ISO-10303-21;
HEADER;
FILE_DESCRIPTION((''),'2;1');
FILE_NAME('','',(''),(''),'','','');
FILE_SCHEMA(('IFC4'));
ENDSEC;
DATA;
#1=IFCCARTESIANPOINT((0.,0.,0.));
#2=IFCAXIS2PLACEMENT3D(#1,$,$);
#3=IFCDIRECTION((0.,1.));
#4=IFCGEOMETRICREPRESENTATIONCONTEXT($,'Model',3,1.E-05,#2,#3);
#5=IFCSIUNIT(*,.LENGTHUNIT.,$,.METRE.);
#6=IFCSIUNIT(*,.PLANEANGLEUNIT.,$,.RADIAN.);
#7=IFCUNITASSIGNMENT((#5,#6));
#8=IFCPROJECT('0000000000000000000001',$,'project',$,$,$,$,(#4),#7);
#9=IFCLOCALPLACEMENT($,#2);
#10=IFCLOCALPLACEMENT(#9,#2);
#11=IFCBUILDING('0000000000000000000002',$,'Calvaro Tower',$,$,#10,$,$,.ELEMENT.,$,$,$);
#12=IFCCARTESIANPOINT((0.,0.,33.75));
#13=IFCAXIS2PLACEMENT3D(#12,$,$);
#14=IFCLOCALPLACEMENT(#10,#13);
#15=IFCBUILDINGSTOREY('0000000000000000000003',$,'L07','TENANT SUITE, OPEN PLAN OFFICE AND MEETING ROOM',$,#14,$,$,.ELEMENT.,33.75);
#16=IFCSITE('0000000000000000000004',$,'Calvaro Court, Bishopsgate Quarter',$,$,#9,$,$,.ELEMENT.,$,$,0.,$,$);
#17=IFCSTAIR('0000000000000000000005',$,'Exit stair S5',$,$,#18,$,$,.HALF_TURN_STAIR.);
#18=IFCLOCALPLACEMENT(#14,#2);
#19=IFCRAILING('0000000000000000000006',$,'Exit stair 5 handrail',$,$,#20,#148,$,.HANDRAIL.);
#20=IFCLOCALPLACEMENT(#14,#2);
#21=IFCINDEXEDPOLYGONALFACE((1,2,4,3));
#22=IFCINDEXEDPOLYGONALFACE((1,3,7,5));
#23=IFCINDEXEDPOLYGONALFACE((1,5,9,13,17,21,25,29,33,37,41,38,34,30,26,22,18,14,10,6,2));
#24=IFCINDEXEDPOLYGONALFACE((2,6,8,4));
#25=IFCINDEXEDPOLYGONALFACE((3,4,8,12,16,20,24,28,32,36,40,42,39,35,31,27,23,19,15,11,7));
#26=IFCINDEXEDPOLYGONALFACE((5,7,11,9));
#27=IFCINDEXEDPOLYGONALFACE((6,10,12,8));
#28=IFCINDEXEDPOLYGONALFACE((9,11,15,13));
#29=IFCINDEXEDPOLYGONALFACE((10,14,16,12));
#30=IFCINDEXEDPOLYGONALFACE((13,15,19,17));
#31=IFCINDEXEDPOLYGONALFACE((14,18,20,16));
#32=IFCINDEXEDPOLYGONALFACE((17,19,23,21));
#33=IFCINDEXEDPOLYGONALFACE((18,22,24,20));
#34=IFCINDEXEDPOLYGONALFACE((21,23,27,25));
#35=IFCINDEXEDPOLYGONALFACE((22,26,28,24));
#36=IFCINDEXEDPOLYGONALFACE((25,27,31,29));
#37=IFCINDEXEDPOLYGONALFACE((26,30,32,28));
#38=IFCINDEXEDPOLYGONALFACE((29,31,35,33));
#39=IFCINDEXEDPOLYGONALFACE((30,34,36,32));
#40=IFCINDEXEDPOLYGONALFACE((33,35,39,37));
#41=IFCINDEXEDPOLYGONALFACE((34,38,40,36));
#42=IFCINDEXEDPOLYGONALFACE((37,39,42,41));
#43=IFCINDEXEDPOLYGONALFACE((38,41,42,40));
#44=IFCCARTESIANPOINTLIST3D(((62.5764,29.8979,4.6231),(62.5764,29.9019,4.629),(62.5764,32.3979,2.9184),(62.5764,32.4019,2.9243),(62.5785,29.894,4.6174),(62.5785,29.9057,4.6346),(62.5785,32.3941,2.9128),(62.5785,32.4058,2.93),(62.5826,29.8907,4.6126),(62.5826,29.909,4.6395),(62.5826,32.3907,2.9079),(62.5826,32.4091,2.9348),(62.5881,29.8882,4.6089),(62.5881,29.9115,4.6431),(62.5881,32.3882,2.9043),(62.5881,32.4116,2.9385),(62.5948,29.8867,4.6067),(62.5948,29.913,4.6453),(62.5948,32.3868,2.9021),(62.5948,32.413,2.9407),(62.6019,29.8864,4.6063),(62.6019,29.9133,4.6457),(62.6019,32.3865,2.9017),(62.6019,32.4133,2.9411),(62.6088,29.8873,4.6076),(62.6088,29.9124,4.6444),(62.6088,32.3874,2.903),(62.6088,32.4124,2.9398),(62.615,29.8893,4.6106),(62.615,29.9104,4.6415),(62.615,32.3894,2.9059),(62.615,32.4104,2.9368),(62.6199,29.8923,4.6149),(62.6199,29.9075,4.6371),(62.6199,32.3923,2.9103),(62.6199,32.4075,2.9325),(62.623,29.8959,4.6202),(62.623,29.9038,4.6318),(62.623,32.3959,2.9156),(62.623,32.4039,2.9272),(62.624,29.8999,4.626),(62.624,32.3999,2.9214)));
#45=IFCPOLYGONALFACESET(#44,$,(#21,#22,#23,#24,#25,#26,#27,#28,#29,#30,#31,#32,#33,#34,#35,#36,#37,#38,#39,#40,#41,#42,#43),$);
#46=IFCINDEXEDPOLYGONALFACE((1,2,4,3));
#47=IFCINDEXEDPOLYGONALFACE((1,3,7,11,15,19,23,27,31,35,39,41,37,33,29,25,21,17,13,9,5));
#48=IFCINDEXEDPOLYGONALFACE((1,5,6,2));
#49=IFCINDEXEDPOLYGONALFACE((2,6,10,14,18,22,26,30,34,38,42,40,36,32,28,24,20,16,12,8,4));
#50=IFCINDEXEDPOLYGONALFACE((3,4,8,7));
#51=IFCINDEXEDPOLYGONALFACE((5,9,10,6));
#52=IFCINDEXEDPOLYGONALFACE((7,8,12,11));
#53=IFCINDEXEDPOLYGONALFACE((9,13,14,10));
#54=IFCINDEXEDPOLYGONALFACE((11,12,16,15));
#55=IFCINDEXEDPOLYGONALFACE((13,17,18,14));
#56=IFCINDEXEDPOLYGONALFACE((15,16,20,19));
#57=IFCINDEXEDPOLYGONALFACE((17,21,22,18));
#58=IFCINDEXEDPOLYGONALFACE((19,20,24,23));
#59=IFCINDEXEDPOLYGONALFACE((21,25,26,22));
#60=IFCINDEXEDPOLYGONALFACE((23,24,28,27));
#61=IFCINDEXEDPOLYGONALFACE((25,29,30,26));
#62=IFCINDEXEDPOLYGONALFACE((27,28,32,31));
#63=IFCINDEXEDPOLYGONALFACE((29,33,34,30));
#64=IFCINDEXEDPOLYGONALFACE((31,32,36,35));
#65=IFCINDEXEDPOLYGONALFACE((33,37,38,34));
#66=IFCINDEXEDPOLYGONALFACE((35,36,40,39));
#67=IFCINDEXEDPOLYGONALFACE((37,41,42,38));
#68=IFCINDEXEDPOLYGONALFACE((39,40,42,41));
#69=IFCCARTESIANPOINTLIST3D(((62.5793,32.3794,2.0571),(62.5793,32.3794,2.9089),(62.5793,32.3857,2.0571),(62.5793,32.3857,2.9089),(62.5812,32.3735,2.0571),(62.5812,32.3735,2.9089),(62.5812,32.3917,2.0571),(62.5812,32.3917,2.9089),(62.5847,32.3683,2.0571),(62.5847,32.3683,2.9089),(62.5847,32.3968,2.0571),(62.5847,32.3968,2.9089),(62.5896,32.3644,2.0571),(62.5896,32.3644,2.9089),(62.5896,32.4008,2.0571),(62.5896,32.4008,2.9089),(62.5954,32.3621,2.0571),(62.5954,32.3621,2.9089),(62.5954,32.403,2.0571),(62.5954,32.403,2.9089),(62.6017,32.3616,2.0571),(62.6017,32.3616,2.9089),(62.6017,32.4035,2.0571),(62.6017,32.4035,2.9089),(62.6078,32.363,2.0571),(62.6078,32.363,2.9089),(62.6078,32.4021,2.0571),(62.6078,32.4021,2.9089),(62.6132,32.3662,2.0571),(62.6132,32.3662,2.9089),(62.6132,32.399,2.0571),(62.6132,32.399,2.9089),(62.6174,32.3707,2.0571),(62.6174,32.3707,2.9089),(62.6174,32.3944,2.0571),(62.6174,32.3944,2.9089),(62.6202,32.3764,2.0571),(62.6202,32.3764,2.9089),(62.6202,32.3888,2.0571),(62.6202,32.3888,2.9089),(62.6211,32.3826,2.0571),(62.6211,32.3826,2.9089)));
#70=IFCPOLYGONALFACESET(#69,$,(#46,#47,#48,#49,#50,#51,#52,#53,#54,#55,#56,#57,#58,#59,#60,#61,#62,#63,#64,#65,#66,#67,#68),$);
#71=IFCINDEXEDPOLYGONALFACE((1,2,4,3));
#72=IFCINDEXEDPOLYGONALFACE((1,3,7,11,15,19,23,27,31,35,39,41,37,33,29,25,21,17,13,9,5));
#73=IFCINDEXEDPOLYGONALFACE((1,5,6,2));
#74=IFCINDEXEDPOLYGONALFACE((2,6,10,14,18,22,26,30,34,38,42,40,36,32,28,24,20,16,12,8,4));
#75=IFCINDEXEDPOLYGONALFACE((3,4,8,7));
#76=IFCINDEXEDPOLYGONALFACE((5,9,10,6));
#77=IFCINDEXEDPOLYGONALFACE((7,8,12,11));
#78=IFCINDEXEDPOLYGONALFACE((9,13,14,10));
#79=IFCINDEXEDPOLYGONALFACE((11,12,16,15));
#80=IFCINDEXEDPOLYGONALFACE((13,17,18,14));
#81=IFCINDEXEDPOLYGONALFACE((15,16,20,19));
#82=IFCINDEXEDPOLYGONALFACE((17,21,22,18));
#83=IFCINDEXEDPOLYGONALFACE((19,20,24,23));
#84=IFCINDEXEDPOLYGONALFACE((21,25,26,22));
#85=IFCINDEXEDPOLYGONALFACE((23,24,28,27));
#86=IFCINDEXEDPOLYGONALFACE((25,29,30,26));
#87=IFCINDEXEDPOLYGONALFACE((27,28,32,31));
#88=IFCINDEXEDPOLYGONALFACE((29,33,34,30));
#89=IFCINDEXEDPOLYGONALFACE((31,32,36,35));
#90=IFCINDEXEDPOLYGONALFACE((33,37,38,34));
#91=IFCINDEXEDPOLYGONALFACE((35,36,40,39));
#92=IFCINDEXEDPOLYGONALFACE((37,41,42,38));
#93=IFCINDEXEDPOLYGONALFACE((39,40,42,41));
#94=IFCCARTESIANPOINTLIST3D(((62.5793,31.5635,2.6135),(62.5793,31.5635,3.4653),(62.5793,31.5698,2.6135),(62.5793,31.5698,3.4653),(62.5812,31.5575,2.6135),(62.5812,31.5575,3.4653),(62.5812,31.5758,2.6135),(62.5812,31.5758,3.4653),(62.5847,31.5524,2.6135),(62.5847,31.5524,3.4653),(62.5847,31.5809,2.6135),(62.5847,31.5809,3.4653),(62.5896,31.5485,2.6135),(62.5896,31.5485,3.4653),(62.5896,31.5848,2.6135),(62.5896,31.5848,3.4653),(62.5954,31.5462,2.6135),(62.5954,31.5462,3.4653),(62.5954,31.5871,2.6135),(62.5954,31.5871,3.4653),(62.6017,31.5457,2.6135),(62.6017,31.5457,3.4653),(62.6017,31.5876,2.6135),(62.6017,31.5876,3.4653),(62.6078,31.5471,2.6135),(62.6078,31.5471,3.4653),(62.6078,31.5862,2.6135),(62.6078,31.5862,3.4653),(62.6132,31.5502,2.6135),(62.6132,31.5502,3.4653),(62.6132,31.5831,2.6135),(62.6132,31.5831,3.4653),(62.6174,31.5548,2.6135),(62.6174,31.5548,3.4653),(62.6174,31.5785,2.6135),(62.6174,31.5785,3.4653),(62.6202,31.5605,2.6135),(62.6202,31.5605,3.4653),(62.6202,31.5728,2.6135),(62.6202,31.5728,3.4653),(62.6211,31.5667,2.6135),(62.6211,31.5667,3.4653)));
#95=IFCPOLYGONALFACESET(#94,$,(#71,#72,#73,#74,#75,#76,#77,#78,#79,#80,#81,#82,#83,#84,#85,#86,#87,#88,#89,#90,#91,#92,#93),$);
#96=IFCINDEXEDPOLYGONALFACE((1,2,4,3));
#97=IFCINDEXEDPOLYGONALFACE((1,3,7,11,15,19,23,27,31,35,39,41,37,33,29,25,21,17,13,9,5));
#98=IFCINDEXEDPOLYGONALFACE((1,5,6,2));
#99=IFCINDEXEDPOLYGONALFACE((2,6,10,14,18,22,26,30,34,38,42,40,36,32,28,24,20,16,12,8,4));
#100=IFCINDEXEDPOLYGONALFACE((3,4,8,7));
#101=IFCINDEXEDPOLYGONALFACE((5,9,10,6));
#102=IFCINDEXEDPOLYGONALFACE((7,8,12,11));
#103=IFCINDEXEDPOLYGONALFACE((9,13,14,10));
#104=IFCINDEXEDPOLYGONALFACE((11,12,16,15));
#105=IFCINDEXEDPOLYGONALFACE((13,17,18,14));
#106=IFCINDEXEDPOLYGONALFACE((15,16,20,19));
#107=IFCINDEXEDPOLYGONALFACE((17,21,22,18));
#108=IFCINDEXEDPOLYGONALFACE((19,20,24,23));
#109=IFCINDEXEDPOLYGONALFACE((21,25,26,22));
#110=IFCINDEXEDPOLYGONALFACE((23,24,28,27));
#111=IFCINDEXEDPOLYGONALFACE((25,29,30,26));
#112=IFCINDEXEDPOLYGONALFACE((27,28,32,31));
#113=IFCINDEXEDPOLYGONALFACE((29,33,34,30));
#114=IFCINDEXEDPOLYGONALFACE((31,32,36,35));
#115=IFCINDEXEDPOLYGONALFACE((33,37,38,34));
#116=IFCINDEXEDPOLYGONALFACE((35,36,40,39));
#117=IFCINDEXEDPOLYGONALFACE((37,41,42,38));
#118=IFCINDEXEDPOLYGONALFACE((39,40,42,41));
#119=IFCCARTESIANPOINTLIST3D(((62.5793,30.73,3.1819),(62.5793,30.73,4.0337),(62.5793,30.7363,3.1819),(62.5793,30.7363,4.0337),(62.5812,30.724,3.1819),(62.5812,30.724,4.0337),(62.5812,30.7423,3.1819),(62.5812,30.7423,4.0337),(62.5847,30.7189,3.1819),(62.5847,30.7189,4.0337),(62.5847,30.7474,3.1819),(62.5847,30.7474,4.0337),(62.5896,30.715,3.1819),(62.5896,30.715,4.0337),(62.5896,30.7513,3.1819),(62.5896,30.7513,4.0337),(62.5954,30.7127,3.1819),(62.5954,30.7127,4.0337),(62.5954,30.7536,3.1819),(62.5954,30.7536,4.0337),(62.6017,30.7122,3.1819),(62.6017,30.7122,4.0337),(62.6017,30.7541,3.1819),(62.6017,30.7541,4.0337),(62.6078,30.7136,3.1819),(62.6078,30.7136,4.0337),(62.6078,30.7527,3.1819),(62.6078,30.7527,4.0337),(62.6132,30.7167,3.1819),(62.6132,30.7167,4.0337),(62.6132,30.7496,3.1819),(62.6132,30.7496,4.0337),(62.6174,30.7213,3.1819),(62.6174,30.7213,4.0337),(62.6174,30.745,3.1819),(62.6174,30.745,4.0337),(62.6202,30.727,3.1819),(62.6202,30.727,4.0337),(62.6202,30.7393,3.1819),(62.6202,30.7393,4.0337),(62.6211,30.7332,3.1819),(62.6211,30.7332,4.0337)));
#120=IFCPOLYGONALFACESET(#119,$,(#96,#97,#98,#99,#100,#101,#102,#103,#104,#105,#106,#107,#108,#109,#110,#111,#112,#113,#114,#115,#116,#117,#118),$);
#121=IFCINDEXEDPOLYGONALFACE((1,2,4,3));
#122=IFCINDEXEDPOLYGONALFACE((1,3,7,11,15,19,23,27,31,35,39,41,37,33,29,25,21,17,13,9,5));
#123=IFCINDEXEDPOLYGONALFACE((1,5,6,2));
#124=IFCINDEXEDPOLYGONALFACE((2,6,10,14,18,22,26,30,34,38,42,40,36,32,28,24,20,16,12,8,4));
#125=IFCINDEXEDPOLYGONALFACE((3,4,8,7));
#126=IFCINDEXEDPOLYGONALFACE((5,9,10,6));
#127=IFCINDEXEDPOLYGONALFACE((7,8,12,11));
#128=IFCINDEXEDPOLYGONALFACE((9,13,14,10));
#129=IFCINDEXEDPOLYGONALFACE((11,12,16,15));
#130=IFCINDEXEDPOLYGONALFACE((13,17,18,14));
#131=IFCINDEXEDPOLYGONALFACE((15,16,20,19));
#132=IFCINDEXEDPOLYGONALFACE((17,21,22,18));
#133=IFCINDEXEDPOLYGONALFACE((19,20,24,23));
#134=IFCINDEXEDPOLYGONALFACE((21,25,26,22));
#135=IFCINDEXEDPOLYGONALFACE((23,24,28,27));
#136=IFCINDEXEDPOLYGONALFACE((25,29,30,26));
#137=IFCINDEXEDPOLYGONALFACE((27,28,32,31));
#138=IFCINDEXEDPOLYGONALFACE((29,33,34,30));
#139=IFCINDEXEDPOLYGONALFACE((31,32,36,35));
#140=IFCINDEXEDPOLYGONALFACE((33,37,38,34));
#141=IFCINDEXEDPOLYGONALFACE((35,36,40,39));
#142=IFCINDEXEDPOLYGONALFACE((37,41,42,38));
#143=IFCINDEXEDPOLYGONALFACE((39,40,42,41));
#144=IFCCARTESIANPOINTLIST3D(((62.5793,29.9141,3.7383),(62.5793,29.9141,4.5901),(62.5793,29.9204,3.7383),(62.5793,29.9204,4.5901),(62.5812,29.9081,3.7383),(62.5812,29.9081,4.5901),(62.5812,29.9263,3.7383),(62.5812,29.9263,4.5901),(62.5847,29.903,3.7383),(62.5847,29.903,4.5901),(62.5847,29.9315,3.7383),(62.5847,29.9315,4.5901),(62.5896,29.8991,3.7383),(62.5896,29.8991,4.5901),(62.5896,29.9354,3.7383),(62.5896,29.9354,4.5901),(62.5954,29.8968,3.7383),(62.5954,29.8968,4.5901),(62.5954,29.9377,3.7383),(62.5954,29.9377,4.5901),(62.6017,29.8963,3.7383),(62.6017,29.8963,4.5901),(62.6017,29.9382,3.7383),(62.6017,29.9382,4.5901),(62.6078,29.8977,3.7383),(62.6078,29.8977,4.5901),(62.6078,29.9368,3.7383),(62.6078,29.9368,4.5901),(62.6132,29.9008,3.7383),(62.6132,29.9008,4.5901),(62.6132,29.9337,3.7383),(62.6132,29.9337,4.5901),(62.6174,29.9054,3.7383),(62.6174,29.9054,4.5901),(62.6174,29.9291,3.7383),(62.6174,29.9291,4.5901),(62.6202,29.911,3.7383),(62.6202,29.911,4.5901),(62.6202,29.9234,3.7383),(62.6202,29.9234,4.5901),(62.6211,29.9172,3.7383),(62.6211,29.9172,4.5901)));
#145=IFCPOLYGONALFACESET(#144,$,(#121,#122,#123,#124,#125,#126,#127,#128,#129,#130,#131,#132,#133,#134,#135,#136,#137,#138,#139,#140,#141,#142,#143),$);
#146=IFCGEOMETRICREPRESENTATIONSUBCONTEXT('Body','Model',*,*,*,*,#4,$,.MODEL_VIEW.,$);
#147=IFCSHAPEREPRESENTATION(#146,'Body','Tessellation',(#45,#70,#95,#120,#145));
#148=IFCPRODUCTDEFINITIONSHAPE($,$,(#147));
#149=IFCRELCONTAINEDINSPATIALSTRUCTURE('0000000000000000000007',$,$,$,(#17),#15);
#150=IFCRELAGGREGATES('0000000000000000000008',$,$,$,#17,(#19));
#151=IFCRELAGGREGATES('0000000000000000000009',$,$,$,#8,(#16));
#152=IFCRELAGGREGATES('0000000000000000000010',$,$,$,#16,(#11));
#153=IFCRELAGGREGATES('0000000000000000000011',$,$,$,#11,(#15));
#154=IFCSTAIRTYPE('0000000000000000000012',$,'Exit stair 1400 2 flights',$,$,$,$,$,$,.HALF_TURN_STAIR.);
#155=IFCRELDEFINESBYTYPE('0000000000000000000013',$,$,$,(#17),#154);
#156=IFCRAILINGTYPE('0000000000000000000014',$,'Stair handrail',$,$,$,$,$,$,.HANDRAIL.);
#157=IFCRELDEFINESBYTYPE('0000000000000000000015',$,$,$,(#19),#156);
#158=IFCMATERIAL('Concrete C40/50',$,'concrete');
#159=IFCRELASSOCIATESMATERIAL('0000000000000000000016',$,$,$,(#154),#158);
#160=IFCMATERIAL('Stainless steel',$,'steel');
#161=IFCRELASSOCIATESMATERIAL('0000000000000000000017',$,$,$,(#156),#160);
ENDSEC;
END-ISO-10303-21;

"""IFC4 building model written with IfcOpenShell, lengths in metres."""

from ifc_helpers import new_model, si_unit, direction, frame, origin, origin_2d, place, context, subcontext, project, spatial, circle, extrude, material, type_object, element, aggregate, save


model = new_model("IFC4")

# Units and contexts
model_context = context("Model", 3, precision=1e-05, world=origin(), true_north=direction((0.0, 1.0)))
body_context = subcontext(model_context, "Body", "Model", "MODEL_VIEW")
ifc_project = project(units=[si_unit("LENGTHUNIT", "METRE"), si_unit("PLANEANGLEUNIT", "RADIAN")], contexts=[model_context])

# Site, building, storey
site_placement = place(None, origin())
site = spatial("IfcSite", under=ifc_project, at=site_placement, Name="Calvaro Court, Bishopsgate Quarter", CompositionType="ELEMENT", RefElevation=0.0)
building_placement = place(site_placement, origin())
building = spatial("IfcBuilding", under=site, at=building_placement, Name="Calvaro Tower", CompositionType="ELEMENT")
storey_placement = place(building_placement, frame((0.0, 0.0, 33.75)))
storey = spatial("IfcBuildingStorey", under=building, at=storey_placement, Name="L07", Description="TENANT SUITE, OPEN PLAN OFFICE AND MEETING ROOM", CompositionType="ELEMENT", Elevation=33.75)

# Stair
ifc_material_1 = material(Name="Concrete C40/50", Category="concrete")
stair_type = type_object("IfcStairType", Name="Exit stair 1400 2 flights", PredefinedType="HALF_TURN_STAIR", material=ifc_material_1)
stair_1_placement = place(storey_placement, origin())
stair_1 = element("IfcStair", 1, at=stair_1_placement, inside=storey, type_object=stair_type, Name="Exit stair S5", PredefinedType="HALF_TURN_STAIR")

# Shared definitions
ifc_material_2 = material(Name="Stainless steel", Category="steel")
railing_type = type_object("IfcRailingType", Name="Stair handrail", PredefinedType="HANDRAIL", material=ifc_material_2)

# Railing
railing_1_placement = place(storey_placement, frame((62.6001, 32.3999, 2.0454)))
railing_1 = element("IfcRailing", 2, at=railing_1_placement, type_object=railing_type, Name="Exit stair 5 handrail", PredefinedType="HANDRAIL", context=body_context, shape_type="SweptSolid", body=[
    extrude(circle(Radius=0.0239, at=origin_2d()), frame((0.0, 0.0, 0.876), z_axis=(0.0, -0.826221, 0.563347), x_axis=(1.0, 0.0, 0.0)), (0.0, 0.0, 1.0), 3.0259),
    extrude(circle(Radius=0.021, at=origin_2d()), frame((0.0, -0.0173, 0.0117)), (0.0, 0.0, 1.0), 0.8518),
    extrude(circle(Radius=0.021, at=origin_2d()), frame((0.0, -0.8333, 0.5681)), (0.0, 0.0, 1.0), 0.8518),
    extrude(circle(Radius=0.021, at=origin_2d()), frame((0.0, -1.6667, 1.1365)), (0.0, 0.0, 1.0), 0.8518),
    extrude(circle(Radius=0.021, at=origin_2d()), frame((0.0, -2.4827, 1.6929)), (0.0, 0.0, 1.0), 0.8518),
])
aggregate(stair_1, [railing_1])

save(model, "model.ifc")
